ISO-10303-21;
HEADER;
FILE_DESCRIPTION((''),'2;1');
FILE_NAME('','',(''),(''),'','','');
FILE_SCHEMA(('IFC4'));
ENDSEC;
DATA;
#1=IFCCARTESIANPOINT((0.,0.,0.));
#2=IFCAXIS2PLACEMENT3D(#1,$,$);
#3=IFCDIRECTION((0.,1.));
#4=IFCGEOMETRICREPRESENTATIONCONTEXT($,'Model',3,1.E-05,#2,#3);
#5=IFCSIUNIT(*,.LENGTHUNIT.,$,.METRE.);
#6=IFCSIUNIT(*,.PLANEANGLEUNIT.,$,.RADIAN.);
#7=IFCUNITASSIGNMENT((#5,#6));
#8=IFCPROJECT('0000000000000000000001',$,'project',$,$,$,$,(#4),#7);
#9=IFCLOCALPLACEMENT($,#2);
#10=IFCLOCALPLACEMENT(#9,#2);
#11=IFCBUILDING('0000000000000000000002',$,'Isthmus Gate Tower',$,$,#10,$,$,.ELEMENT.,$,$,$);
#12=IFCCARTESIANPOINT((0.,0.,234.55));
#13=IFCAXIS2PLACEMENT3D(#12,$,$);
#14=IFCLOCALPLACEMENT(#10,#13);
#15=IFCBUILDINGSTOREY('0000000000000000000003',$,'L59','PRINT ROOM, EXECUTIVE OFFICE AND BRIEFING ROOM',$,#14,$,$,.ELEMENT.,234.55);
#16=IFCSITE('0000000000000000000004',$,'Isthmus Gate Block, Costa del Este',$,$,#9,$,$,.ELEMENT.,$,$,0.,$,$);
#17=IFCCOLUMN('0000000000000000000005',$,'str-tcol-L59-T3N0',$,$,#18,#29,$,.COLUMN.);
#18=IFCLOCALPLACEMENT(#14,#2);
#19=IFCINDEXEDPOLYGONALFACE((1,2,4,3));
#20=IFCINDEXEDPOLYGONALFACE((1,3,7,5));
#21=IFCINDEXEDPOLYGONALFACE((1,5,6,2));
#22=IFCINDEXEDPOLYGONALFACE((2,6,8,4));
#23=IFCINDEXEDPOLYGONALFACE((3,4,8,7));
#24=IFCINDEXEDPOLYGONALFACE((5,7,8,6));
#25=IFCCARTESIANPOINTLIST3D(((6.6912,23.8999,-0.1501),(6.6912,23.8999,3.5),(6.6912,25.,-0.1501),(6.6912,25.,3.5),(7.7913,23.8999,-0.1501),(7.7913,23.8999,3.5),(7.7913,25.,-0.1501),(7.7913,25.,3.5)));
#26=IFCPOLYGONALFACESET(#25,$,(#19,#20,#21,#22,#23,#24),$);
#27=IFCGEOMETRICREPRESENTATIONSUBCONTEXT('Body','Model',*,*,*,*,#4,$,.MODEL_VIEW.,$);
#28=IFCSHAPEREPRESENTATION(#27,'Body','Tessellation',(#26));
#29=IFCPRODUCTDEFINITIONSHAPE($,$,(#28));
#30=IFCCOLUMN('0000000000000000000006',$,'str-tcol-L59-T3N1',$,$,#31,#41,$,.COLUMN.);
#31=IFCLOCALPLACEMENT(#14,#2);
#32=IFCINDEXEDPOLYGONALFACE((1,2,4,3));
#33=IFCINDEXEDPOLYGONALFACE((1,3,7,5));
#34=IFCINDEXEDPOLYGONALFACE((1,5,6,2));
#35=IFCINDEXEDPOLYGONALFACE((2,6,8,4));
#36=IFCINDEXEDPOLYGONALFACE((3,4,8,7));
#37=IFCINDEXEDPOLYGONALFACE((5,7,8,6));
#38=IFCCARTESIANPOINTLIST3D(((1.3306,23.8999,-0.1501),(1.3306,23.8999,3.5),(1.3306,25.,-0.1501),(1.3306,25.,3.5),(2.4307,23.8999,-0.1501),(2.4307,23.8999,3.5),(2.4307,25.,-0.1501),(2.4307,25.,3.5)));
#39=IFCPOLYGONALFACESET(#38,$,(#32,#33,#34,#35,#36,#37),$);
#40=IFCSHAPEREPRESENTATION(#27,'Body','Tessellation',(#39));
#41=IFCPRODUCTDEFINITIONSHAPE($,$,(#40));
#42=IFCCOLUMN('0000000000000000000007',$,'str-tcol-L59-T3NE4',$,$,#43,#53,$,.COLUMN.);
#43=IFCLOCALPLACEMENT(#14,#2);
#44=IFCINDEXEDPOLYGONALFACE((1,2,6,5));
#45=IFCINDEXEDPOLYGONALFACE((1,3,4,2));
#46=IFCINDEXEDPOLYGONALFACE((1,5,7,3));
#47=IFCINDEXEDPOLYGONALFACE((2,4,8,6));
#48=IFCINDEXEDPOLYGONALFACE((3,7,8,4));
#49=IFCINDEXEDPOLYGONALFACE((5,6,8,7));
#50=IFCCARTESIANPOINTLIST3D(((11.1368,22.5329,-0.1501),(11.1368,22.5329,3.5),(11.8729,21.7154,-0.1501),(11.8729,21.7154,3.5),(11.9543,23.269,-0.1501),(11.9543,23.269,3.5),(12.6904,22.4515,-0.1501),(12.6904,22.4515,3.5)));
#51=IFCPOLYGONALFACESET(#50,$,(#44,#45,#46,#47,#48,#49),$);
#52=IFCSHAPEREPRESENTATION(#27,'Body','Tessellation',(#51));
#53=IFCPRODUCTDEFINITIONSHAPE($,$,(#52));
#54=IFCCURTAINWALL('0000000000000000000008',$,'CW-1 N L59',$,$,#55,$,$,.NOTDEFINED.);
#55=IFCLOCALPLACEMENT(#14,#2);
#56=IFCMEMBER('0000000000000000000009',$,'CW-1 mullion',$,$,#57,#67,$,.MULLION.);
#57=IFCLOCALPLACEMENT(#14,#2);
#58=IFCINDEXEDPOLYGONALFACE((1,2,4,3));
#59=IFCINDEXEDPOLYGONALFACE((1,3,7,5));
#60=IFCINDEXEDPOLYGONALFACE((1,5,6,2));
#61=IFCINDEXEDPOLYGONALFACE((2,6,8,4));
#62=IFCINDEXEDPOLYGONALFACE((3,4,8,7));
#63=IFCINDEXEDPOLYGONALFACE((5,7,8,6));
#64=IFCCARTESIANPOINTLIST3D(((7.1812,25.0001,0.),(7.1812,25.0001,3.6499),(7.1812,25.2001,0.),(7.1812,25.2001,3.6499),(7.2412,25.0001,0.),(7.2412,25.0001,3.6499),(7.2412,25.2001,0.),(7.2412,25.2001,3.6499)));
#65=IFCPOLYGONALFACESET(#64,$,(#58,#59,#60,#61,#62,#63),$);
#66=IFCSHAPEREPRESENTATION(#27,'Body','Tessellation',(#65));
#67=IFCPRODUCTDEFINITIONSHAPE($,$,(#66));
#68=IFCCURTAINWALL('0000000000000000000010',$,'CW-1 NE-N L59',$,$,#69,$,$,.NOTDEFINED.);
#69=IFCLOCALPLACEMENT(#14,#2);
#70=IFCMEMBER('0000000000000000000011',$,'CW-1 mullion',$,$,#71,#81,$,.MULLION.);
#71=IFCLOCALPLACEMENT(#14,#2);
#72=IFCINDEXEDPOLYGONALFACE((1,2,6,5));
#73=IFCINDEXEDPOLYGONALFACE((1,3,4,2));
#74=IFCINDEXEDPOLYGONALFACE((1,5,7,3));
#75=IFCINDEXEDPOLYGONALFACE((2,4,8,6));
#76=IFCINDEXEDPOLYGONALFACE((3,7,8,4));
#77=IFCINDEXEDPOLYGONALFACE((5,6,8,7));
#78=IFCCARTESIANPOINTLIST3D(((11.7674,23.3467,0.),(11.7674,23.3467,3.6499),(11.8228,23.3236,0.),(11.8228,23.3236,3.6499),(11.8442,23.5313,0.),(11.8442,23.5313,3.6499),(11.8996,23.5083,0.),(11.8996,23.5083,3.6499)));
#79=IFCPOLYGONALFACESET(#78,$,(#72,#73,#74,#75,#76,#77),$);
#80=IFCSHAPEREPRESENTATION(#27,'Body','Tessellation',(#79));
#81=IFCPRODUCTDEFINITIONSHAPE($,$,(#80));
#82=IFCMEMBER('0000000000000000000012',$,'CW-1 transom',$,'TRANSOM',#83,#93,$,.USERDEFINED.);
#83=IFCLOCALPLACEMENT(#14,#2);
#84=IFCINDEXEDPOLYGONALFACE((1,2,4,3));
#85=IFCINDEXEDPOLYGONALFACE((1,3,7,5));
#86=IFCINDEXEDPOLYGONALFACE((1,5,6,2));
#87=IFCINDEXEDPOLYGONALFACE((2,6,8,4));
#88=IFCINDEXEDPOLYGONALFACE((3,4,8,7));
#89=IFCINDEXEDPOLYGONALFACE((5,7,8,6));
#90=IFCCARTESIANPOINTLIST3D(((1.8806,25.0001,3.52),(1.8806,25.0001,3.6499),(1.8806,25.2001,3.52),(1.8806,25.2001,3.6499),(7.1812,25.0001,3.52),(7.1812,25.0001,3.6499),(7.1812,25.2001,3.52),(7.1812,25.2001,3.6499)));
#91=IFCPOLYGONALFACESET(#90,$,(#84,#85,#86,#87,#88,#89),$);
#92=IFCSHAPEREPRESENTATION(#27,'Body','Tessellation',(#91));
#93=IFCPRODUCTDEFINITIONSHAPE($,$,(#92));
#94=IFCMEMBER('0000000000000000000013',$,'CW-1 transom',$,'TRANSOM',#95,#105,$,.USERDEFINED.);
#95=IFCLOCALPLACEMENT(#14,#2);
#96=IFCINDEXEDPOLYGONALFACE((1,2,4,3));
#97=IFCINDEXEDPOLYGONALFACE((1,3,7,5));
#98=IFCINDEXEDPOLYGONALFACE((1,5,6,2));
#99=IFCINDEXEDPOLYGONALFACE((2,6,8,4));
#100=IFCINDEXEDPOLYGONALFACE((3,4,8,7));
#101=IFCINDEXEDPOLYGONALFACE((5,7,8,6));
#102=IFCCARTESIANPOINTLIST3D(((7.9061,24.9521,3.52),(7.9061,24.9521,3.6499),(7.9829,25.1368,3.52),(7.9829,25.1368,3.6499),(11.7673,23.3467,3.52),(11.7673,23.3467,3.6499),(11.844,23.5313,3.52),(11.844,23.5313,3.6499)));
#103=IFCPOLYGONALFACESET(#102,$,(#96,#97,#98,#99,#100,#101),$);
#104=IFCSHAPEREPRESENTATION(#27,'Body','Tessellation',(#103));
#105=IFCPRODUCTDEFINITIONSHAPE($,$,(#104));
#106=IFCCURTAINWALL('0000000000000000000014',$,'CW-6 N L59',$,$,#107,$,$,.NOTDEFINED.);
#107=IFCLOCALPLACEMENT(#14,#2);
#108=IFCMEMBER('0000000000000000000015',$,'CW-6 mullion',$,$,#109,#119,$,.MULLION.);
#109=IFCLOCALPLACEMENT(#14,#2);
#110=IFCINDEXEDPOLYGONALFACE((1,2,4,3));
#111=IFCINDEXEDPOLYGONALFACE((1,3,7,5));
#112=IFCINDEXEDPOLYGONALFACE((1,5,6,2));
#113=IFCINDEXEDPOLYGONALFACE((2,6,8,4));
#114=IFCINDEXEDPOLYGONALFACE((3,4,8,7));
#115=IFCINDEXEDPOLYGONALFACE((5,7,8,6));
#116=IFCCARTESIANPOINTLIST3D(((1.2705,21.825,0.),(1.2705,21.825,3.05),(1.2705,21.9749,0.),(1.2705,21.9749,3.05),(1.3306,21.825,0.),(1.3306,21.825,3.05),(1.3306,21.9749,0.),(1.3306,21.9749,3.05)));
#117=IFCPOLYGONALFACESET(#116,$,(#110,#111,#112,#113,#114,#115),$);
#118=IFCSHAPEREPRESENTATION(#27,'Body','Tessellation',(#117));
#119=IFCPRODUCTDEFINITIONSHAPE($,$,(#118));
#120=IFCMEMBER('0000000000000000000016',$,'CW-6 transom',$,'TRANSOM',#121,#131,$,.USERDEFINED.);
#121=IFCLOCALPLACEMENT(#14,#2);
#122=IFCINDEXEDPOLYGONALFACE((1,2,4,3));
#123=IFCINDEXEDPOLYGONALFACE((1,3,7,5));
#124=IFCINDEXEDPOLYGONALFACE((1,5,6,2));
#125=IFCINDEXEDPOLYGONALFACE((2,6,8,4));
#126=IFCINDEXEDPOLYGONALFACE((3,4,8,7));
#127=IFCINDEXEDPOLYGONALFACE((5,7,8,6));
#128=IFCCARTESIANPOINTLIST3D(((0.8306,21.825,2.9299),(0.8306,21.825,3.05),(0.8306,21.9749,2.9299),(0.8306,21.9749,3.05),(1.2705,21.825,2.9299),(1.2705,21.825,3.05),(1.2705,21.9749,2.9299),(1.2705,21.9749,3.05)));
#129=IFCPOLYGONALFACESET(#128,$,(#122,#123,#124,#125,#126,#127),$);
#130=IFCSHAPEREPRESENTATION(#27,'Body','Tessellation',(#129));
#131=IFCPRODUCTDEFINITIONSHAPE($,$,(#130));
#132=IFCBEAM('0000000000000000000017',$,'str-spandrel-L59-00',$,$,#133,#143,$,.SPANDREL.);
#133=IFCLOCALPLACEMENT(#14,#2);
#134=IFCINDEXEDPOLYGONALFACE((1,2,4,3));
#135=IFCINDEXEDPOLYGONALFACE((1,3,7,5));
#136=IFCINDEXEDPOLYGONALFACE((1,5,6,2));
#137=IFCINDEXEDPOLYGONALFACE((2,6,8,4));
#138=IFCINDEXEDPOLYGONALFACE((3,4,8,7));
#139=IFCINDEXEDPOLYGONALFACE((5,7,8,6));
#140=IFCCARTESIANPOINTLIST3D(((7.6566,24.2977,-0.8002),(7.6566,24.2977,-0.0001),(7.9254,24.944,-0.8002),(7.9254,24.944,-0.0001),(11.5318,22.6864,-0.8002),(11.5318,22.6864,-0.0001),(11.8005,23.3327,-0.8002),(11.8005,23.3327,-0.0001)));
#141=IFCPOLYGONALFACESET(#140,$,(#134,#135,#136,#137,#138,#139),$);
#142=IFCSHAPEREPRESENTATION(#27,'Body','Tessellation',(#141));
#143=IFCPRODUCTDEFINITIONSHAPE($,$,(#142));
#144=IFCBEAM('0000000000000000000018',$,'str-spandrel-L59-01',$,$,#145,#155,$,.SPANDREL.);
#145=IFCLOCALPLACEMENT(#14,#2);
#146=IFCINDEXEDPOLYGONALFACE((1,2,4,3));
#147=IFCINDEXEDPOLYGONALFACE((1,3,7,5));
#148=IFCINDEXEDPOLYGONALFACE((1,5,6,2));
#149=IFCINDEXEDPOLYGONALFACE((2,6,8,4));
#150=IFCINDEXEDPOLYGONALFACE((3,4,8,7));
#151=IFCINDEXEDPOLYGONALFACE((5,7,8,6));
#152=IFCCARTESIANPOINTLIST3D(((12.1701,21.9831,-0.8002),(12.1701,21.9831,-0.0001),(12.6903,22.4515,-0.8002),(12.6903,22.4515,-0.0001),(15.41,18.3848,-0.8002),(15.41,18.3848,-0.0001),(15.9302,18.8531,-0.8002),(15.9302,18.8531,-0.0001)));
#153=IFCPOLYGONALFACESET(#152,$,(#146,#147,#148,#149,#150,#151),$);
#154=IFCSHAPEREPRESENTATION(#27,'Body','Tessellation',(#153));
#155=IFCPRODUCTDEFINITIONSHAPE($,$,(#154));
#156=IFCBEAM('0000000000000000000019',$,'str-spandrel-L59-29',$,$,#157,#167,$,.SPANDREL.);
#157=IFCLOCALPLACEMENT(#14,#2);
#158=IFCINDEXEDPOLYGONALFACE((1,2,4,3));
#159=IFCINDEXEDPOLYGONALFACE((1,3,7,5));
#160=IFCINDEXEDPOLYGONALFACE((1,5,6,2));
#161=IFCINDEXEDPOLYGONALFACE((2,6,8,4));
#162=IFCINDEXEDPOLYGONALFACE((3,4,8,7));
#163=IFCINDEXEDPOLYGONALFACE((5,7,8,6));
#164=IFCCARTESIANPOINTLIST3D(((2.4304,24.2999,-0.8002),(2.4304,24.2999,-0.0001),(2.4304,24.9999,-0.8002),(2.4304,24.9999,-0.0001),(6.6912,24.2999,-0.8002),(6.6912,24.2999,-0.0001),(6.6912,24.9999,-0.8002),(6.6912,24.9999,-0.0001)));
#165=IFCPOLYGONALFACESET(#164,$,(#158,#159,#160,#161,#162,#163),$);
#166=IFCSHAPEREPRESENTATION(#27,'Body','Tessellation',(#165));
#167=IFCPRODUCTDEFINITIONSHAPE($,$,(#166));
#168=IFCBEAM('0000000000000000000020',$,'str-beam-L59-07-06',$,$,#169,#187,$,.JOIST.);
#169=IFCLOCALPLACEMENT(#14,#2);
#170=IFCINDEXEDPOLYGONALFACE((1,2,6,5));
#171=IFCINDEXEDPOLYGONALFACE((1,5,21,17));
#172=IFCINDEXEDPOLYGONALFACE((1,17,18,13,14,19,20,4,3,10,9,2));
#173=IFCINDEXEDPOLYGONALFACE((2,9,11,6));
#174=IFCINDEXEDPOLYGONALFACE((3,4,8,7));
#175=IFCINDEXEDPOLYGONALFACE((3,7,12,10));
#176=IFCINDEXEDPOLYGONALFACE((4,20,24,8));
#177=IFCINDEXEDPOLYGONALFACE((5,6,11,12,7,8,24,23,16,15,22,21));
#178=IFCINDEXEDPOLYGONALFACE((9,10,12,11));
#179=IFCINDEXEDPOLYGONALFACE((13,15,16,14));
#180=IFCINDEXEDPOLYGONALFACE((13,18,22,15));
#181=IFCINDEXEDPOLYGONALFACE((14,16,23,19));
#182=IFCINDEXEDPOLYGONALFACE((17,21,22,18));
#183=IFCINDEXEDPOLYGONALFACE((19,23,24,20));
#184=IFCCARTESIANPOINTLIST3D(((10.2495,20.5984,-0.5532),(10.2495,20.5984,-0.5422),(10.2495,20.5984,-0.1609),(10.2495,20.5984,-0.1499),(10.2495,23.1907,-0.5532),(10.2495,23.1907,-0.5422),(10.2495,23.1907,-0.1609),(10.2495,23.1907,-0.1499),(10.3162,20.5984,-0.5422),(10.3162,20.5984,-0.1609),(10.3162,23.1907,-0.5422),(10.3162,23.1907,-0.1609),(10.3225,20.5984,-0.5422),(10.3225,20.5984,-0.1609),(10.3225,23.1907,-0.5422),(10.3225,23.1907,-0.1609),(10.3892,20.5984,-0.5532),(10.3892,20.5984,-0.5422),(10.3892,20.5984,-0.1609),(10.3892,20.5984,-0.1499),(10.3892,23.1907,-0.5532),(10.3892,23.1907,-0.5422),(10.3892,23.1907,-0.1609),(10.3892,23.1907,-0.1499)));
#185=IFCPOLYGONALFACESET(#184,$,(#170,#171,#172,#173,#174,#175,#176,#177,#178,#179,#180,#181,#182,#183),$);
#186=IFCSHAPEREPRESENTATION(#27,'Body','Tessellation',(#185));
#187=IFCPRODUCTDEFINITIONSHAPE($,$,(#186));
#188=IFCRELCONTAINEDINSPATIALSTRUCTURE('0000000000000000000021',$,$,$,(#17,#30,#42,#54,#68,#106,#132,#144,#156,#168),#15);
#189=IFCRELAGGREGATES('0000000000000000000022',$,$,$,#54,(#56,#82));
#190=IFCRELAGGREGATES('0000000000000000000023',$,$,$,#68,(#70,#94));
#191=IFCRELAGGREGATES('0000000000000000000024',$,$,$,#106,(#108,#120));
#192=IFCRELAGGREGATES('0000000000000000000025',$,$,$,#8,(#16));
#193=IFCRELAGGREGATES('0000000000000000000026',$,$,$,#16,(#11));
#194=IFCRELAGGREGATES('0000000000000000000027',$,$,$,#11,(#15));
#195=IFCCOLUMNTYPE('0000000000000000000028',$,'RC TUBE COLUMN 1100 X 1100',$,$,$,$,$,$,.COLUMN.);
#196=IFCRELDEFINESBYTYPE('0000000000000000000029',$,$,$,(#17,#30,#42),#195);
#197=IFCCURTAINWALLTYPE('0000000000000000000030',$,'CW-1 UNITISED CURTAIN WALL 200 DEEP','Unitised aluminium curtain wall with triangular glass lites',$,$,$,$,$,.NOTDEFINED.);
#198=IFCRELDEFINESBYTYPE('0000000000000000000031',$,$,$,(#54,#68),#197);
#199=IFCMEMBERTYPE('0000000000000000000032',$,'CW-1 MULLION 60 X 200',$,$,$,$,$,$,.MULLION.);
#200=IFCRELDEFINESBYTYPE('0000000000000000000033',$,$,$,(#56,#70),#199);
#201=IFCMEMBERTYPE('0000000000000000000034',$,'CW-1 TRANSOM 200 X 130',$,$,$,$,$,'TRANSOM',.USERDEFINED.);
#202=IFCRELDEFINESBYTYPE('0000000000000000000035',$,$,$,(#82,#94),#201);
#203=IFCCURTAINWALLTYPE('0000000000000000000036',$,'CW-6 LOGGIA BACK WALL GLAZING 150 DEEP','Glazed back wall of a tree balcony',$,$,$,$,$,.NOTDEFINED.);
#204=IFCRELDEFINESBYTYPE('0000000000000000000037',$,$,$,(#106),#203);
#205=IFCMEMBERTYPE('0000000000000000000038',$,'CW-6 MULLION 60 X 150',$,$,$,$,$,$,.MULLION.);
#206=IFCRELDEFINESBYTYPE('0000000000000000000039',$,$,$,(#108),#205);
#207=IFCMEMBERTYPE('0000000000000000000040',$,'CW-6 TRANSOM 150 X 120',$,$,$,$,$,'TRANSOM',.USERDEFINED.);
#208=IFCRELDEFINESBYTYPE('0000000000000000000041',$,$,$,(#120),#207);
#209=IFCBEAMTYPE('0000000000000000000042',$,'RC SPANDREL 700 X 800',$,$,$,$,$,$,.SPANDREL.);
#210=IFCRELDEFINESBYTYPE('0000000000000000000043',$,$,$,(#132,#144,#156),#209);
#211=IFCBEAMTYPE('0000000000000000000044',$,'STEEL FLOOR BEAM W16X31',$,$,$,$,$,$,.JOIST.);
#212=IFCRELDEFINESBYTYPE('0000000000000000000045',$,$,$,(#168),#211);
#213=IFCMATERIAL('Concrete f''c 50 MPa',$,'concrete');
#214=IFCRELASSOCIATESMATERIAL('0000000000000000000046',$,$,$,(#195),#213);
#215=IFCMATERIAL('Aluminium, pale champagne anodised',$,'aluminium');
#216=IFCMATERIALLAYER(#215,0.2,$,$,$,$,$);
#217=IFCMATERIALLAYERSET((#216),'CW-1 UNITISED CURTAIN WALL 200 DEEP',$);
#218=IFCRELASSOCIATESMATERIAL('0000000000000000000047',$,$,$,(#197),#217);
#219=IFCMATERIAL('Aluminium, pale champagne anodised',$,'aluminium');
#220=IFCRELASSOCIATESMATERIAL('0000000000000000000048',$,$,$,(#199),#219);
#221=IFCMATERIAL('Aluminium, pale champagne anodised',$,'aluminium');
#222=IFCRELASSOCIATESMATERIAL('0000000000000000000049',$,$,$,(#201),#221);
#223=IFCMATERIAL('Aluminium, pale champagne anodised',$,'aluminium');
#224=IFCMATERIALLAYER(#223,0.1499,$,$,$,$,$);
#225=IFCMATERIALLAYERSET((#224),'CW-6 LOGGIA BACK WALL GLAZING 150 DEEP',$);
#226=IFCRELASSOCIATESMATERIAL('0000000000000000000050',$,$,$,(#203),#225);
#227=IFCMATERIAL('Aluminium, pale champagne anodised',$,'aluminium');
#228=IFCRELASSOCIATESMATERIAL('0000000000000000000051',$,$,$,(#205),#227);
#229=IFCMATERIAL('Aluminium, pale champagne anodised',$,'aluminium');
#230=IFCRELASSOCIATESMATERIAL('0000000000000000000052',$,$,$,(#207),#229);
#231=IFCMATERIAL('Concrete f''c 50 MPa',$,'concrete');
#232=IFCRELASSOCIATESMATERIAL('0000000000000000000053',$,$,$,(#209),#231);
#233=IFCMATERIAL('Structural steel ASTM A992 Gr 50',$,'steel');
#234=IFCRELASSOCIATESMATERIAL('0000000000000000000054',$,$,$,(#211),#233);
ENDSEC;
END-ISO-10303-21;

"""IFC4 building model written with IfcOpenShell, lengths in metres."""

from ifc_helpers import new_model, si_unit, direction, frame, origin, origin_2d, place, context, subcontext, project, spatial, rectangle, i_section, extrude, material, layer, layer_set, material_profile, profile_set, type_object, element, aggregate, save


model = new_model("IFC4")

# Units and contexts
model_context = context("Model", 3, precision=1e-05, world=origin(), true_north=direction((0.0, 1.0)))
body_context = subcontext(model_context, "Body", "Model", "MODEL_VIEW")
ifc_project = project(units=[si_unit("LENGTHUNIT", "METRE"), si_unit("PLANEANGLEUNIT", "RADIAN")], contexts=[model_context])

# Site, building, storey
site_placement = place(None, origin())
site = spatial("IfcSite", under=ifc_project, at=site_placement, Name="Isthmus Gate Block, Costa del Este", CompositionType="ELEMENT", RefElevation=0.0)
building_placement = place(site_placement, origin())
building = spatial("IfcBuilding", under=site, at=building_placement, Name="Isthmus Gate Tower", CompositionType="ELEMENT")
storey_placement = place(building_placement, frame((0.0, 0.0, 234.55)))
storey = spatial("IfcBuildingStorey", under=building, at=storey_placement, Name="L59", Description="PRINT ROOM, EXECUTIVE OFFICE AND BRIEFING ROOM", CompositionType="ELEMENT", Elevation=234.55)

# Columns
ifc_material_1 = material(Name="Concrete f'c 50 MPa", Category="concrete")
ifc_material_profile_1 = material_profile(ifc_material_1, rectangle(XDim=1.1001, YDim=1.1001, at=origin_2d()), Name="RC 1100X1100")
ifc_profile_set_1 = profile_set([ifc_material_profile_1], Name="Concrete f'c 50 MPa")
column_type = type_object("IfcColumnType", Name="RC TUBE COLUMN 1100 X 1100", PredefinedType="COLUMN", material=ifc_profile_set_1)
for number, where, z_axis, x_axis, name in (
    (1, (7.2412, 24.45, -0.1501), (0.0, 0.0, 1.0), (-1.0, 0.0, 0.0), "str-tcol-L59-T3N0"),
    (2, (1.8806, 24.45, -0.1501), (0.0, 0.0, 1.0), (-1.0, 0.0, 0.0), "str-tcol-L59-T3N1"),
    (3, (11.9136, 22.4922, -0.1501), (0.0, 0.0, 1.0), (-0.669131, 0.743145, 0.0), "str-tcol-L59-T3NE4"),
):
    element("IfcColumn", number, at=place(storey_placement, frame(where, z_axis=z_axis, x_axis=x_axis)), inside=storey, type_object=column_type, Name=name, PredefinedType="COLUMN", context=body_context, shape_type="SweptSolid", body=[
        extrude(rectangle(XDim=1.1001, YDim=1.1001, at=origin_2d()), origin(), (0.0, 0.0, 1.0), 3.6501),
    ])

# Curtain walls, members
ifc_material_2 = material(Name="Aluminium, pale champagne anodised", Category="aluminium")
ifc_layer_1 = layer(ifc_material_2, 0.2)
ifc_layer_set_1 = layer_set([ifc_layer_1], Name="CW-1 UNITISED CURTAIN WALL 200 DEEP")
curtain_wall_type_1 = type_object("IfcCurtainWallType", Name="CW-1 UNITISED CURTAIN WALL 200 DEEP", Description="Unitised aluminium curtain wall with triangular glass lites", PredefinedType="NOTDEFINED", material=ifc_layer_set_1)
curtain_wall_1_placement = place(storey_placement, origin())
curtain_wall_1 = element("IfcCurtainWall", 4, at=curtain_wall_1_placement, inside=storey, type_object=curtain_wall_type_1, Name="CW-1 N L59", PredefinedType="NOTDEFINED")
ifc_material_3 = material(Name="Aluminium, pale champagne anodised", Category="aluminium")
ifc_material_profile_2 = material_profile(ifc_material_3, rectangle(XDim=0.0601, YDim=0.2, at=origin_2d()), Name="60x200")
ifc_profile_set_2 = profile_set([ifc_material_profile_2], Name="Aluminium, pale champagne anodised")
member_type_1 = type_object("IfcMemberType", Name="CW-1 MULLION 60 X 200", PredefinedType="MULLION", material=ifc_profile_set_2)
member_1_placement = place(storey_placement, frame((7.2112, 25.1001, 0.0), z_axis=(0.0, 0.0, 1.0), x_axis=(-1.0, 0.0, 0.0)))
member_1 = element("IfcMember", 5, at=member_1_placement, type_object=member_type_1, Name="CW-1 mullion", PredefinedType="MULLION", context=body_context, shape_type="SweptSolid", body=[
    extrude(rectangle(XDim=0.0601, YDim=0.2, at=origin_2d()), origin(), (0.0, 0.0, 1.0), 3.6499),
])
curtain_wall_2_placement = place(storey_placement, origin())
curtain_wall_2 = element("IfcCurtainWall", 6, at=curtain_wall_2_placement, inside=storey, type_object=curtain_wall_type_1, Name="CW-1 NE-N L59", PredefinedType="NOTDEFINED")
member_2_placement = place(storey_placement, frame((11.8335, 23.4275, 0.0), z_axis=(0.0, 0.0, 1.0), x_axis=(-0.923353, 0.383952, 0.0)))
member_2 = element("IfcMember", 7, at=member_2_placement, type_object=member_type_1, Name="CW-1 mullion", PredefinedType="MULLION", context=body_context, shape_type="SweptSolid", body=[
    extrude(rectangle(XDim=0.0601, YDim=0.2, at=origin_2d()), origin(), (0.0, 0.0, 1.0), 3.6499),
])

# Members
ifc_material_4 = material(Name="Aluminium, pale champagne anodised", Category="aluminium")
ifc_material_profile_3 = material_profile(ifc_material_4, rectangle(XDim=0.2, YDim=0.1299, at=origin_2d()), Name="200x130")
ifc_profile_set_3 = profile_set([ifc_material_profile_3], Name="Aluminium, pale champagne anodised")
member_type_2 = type_object("IfcMemberType", Name="CW-1 TRANSOM 200 X 130", ElementType="TRANSOM", PredefinedType="USERDEFINED", material=ifc_profile_set_3)
member_3_placement = place(storey_placement, frame((7.1812, 25.1001, 3.585), z_axis=(-1.0, 0.0, 0.0), x_axis=(0.0, -1.0, 0.0)))
member_3 = element("IfcMember", 8, at=member_3_placement, type_object=member_type_2, Name="CW-1 transom", ObjectType="TRANSOM", PredefinedType="USERDEFINED", context=body_context, shape_type="SweptSolid", body=[
    extrude(rectangle(XDim=0.2, YDim=0.1299, at=origin_2d()), origin(), (0.0, 0.0, 1.0), 5.3005),
])
member_4_placement = place(storey_placement, frame((11.8057, 23.439, 3.585), z_axis=(-0.923358, 0.38394, 0.0), x_axis=(-0.38394, -0.923358, 0.0)))
member_4 = element("IfcMember", 9, at=member_4_placement, type_object=member_type_2, Name="CW-1 transom", ObjectType="TRANSOM", PredefinedType="USERDEFINED", context=body_context, shape_type="SweptSolid", body=[
    extrude(rectangle(XDim=0.2, YDim=0.1299, at=origin_2d()), origin(), (0.0, 0.0, 1.0), 4.1816),
])

# Curtain wall, members
ifc_material_5 = material(Name="Aluminium, pale champagne anodised", Category="aluminium")
ifc_layer_2 = layer(ifc_material_5, 0.1499)
ifc_layer_set_2 = layer_set([ifc_layer_2], Name="CW-6 LOGGIA BACK WALL GLAZING 150 DEEP")
curtain_wall_type_2 = type_object("IfcCurtainWallType", Name="CW-6 LOGGIA BACK WALL GLAZING 150 DEEP", Description="Glazed back wall of a tree balcony", PredefinedType="NOTDEFINED", material=ifc_layer_set_2)
curtain_wall_3_placement = place(storey_placement, origin())
curtain_wall_3 = element("IfcCurtainWall", 10, at=curtain_wall_3_placement, inside=storey, type_object=curtain_wall_type_2, Name="CW-6 N L59", PredefinedType="NOTDEFINED")
ifc_material_6 = material(Name="Aluminium, pale champagne anodised", Category="aluminium")
ifc_material_profile_4 = material_profile(ifc_material_6, rectangle(XDim=0.0601, YDim=0.1499, at=origin_2d()), Name="60x150")
ifc_profile_set_4 = profile_set([ifc_material_profile_4], Name="Aluminium, pale champagne anodised")
member_type_3 = type_object("IfcMemberType", Name="CW-6 MULLION 60 X 150", PredefinedType="MULLION", material=ifc_profile_set_4)
member_5_placement = place(storey_placement, frame((1.3005, 21.8999, 0.0), z_axis=(0.0, 0.0, 1.0), x_axis=(-1.0, 0.0, 0.0)))
member_5 = element("IfcMember", 11, at=member_5_placement, type_object=member_type_3, Name="CW-6 mullion", PredefinedType="MULLION", context=body_context, shape_type="SweptSolid", body=[
    extrude(rectangle(XDim=0.0601, YDim=0.1499, at=origin_2d()), origin(), (0.0, 0.0, 1.0), 3.05),
])
ifc_material_7 = material(Name="Aluminium, pale champagne anodised", Category="aluminium")
ifc_material_profile_5 = material_profile(ifc_material_7, rectangle(XDim=0.1499, YDim=0.1201, at=origin_2d()), Name="150x120")
ifc_profile_set_5 = profile_set([ifc_material_profile_5], Name="Aluminium, pale champagne anodised")
member_type_4 = type_object("IfcMemberType", Name="CW-6 TRANSOM 150 X 120", ElementType="TRANSOM", PredefinedType="USERDEFINED", material=ifc_profile_set_5)
member_6_placement = place(storey_placement, frame((1.2705, 21.8999, 2.99), z_axis=(-1.0, 0.0, 0.0), x_axis=(0.0, -1.0, 0.0)))
member_6 = element("IfcMember", 12, at=member_6_placement, type_object=member_type_4, Name="CW-6 transom", ObjectType="TRANSOM", PredefinedType="USERDEFINED", context=body_context, shape_type="SweptSolid", body=[
    extrude(rectangle(XDim=0.1499, YDim=0.1201, at=origin_2d()), origin(), (0.0, 0.0, 1.0), 0.4399),
])

# Beams
ifc_material_8 = material(Name="Concrete f'c 50 MPa", Category="concrete")
ifc_material_profile_6 = material_profile(ifc_material_8, rectangle(XDim=0.7, YDim=0.8, at=origin_2d()), Name="RC 700X800")
ifc_profile_set_6 = profile_set([ifc_material_profile_6], Name="Concrete f'c 50 MPa")
beam_type_1 = type_object("IfcBeamType", Name="RC SPANDREL 700 X 800", PredefinedType="SPANDREL", material=ifc_profile_set_6)
beam_1_placement = place(storey_placement, frame((7.791, 24.6208, -0.4001), z_axis=(0.923361, -0.383934, 0.0), x_axis=(0.383934, 0.923361, 0.0)))
element("IfcBeam", 13, at=beam_1_placement, inside=storey, type_object=beam_type_1, Name="str-spandrel-L59-00", PredefinedType="SPANDREL", context=body_context, shape_type="SweptSolid", body=[
    extrude(rectangle(XDim=0.7, YDim=0.8, at=origin_2d()), origin(), (0.0, 0.0, 1.0), 4.1968),
])
beam_2_placement = place(storey_placement, frame((12.4302, 22.2173, -0.4001), z_axis=(0.669129, -0.743146, 0.0), x_axis=(0.743146, 0.669129, 0.0)))
element("IfcBeam", 14, at=beam_2_placement, inside=storey, type_object=beam_type_1, Name="str-spandrel-L59-01", PredefinedType="SPANDREL", context=body_context, shape_type="SweptSolid", body=[
    extrude(rectangle(XDim=0.7, YDim=0.8, at=origin_2d()), origin(), (0.0, 0.0, 1.0), 4.842),
])
beam_3_placement = place(storey_placement, frame((2.4304, 24.6499, -0.4001), z_axis=(1.0, 0.0, 0.0), x_axis=(0.0, 1.0, 0.0)))
element("IfcBeam", 15, at=beam_3_placement, inside=storey, type_object=beam_type_1, Name="str-spandrel-L59-29", PredefinedType="SPANDREL", context=body_context, shape_type="SweptSolid", body=[
    extrude(rectangle(XDim=0.7, YDim=0.8, at=origin_2d()), origin(), (0.0, 0.0, 1.0), 4.2607),
])
ifc_material_9 = material(Name="Structural steel ASTM A992 Gr 50", Category="steel")
ifc_material_profile_7 = material_profile(ifc_material_9, i_section(OverallWidth=0.1396, OverallDepth=0.4033, WebThickness=0.0063, FlangeThickness=0.011, at=origin_2d()), Name="W16X31")
ifc_profile_set_7 = profile_set([ifc_material_profile_7], Name="Structural steel ASTM A992 Gr 50")
beam_type_2 = type_object("IfcBeamType", Name="STEEL FLOOR BEAM W16X31", PredefinedType="JOIST", material=ifc_profile_set_7)
beam_4_placement = place(storey_placement, frame((10.3193, 20.5984, -0.3516), z_axis=(0.0, 1.0, 0.0), x_axis=(-1.0, 0.0, 0.0)))
element("IfcBeam", 16, at=beam_4_placement, inside=storey, type_object=beam_type_2, Name="str-beam-L59-07-06", PredefinedType="JOIST", context=body_context, shape_type="SweptSolid", body=[
    extrude(i_section(OverallWidth=0.1396, OverallDepth=0.4033, WebThickness=0.0063, FlangeThickness=0.011, at=origin_2d()), origin(), (0.0, 0.0, 1.0), 2.5923),
])

aggregate(curtain_wall_1, [member_1, member_3])
aggregate(curtain_wall_2, [member_2, member_4])
aggregate(curtain_wall_3, [member_5, member_6])

save(model, "model.ifc")
